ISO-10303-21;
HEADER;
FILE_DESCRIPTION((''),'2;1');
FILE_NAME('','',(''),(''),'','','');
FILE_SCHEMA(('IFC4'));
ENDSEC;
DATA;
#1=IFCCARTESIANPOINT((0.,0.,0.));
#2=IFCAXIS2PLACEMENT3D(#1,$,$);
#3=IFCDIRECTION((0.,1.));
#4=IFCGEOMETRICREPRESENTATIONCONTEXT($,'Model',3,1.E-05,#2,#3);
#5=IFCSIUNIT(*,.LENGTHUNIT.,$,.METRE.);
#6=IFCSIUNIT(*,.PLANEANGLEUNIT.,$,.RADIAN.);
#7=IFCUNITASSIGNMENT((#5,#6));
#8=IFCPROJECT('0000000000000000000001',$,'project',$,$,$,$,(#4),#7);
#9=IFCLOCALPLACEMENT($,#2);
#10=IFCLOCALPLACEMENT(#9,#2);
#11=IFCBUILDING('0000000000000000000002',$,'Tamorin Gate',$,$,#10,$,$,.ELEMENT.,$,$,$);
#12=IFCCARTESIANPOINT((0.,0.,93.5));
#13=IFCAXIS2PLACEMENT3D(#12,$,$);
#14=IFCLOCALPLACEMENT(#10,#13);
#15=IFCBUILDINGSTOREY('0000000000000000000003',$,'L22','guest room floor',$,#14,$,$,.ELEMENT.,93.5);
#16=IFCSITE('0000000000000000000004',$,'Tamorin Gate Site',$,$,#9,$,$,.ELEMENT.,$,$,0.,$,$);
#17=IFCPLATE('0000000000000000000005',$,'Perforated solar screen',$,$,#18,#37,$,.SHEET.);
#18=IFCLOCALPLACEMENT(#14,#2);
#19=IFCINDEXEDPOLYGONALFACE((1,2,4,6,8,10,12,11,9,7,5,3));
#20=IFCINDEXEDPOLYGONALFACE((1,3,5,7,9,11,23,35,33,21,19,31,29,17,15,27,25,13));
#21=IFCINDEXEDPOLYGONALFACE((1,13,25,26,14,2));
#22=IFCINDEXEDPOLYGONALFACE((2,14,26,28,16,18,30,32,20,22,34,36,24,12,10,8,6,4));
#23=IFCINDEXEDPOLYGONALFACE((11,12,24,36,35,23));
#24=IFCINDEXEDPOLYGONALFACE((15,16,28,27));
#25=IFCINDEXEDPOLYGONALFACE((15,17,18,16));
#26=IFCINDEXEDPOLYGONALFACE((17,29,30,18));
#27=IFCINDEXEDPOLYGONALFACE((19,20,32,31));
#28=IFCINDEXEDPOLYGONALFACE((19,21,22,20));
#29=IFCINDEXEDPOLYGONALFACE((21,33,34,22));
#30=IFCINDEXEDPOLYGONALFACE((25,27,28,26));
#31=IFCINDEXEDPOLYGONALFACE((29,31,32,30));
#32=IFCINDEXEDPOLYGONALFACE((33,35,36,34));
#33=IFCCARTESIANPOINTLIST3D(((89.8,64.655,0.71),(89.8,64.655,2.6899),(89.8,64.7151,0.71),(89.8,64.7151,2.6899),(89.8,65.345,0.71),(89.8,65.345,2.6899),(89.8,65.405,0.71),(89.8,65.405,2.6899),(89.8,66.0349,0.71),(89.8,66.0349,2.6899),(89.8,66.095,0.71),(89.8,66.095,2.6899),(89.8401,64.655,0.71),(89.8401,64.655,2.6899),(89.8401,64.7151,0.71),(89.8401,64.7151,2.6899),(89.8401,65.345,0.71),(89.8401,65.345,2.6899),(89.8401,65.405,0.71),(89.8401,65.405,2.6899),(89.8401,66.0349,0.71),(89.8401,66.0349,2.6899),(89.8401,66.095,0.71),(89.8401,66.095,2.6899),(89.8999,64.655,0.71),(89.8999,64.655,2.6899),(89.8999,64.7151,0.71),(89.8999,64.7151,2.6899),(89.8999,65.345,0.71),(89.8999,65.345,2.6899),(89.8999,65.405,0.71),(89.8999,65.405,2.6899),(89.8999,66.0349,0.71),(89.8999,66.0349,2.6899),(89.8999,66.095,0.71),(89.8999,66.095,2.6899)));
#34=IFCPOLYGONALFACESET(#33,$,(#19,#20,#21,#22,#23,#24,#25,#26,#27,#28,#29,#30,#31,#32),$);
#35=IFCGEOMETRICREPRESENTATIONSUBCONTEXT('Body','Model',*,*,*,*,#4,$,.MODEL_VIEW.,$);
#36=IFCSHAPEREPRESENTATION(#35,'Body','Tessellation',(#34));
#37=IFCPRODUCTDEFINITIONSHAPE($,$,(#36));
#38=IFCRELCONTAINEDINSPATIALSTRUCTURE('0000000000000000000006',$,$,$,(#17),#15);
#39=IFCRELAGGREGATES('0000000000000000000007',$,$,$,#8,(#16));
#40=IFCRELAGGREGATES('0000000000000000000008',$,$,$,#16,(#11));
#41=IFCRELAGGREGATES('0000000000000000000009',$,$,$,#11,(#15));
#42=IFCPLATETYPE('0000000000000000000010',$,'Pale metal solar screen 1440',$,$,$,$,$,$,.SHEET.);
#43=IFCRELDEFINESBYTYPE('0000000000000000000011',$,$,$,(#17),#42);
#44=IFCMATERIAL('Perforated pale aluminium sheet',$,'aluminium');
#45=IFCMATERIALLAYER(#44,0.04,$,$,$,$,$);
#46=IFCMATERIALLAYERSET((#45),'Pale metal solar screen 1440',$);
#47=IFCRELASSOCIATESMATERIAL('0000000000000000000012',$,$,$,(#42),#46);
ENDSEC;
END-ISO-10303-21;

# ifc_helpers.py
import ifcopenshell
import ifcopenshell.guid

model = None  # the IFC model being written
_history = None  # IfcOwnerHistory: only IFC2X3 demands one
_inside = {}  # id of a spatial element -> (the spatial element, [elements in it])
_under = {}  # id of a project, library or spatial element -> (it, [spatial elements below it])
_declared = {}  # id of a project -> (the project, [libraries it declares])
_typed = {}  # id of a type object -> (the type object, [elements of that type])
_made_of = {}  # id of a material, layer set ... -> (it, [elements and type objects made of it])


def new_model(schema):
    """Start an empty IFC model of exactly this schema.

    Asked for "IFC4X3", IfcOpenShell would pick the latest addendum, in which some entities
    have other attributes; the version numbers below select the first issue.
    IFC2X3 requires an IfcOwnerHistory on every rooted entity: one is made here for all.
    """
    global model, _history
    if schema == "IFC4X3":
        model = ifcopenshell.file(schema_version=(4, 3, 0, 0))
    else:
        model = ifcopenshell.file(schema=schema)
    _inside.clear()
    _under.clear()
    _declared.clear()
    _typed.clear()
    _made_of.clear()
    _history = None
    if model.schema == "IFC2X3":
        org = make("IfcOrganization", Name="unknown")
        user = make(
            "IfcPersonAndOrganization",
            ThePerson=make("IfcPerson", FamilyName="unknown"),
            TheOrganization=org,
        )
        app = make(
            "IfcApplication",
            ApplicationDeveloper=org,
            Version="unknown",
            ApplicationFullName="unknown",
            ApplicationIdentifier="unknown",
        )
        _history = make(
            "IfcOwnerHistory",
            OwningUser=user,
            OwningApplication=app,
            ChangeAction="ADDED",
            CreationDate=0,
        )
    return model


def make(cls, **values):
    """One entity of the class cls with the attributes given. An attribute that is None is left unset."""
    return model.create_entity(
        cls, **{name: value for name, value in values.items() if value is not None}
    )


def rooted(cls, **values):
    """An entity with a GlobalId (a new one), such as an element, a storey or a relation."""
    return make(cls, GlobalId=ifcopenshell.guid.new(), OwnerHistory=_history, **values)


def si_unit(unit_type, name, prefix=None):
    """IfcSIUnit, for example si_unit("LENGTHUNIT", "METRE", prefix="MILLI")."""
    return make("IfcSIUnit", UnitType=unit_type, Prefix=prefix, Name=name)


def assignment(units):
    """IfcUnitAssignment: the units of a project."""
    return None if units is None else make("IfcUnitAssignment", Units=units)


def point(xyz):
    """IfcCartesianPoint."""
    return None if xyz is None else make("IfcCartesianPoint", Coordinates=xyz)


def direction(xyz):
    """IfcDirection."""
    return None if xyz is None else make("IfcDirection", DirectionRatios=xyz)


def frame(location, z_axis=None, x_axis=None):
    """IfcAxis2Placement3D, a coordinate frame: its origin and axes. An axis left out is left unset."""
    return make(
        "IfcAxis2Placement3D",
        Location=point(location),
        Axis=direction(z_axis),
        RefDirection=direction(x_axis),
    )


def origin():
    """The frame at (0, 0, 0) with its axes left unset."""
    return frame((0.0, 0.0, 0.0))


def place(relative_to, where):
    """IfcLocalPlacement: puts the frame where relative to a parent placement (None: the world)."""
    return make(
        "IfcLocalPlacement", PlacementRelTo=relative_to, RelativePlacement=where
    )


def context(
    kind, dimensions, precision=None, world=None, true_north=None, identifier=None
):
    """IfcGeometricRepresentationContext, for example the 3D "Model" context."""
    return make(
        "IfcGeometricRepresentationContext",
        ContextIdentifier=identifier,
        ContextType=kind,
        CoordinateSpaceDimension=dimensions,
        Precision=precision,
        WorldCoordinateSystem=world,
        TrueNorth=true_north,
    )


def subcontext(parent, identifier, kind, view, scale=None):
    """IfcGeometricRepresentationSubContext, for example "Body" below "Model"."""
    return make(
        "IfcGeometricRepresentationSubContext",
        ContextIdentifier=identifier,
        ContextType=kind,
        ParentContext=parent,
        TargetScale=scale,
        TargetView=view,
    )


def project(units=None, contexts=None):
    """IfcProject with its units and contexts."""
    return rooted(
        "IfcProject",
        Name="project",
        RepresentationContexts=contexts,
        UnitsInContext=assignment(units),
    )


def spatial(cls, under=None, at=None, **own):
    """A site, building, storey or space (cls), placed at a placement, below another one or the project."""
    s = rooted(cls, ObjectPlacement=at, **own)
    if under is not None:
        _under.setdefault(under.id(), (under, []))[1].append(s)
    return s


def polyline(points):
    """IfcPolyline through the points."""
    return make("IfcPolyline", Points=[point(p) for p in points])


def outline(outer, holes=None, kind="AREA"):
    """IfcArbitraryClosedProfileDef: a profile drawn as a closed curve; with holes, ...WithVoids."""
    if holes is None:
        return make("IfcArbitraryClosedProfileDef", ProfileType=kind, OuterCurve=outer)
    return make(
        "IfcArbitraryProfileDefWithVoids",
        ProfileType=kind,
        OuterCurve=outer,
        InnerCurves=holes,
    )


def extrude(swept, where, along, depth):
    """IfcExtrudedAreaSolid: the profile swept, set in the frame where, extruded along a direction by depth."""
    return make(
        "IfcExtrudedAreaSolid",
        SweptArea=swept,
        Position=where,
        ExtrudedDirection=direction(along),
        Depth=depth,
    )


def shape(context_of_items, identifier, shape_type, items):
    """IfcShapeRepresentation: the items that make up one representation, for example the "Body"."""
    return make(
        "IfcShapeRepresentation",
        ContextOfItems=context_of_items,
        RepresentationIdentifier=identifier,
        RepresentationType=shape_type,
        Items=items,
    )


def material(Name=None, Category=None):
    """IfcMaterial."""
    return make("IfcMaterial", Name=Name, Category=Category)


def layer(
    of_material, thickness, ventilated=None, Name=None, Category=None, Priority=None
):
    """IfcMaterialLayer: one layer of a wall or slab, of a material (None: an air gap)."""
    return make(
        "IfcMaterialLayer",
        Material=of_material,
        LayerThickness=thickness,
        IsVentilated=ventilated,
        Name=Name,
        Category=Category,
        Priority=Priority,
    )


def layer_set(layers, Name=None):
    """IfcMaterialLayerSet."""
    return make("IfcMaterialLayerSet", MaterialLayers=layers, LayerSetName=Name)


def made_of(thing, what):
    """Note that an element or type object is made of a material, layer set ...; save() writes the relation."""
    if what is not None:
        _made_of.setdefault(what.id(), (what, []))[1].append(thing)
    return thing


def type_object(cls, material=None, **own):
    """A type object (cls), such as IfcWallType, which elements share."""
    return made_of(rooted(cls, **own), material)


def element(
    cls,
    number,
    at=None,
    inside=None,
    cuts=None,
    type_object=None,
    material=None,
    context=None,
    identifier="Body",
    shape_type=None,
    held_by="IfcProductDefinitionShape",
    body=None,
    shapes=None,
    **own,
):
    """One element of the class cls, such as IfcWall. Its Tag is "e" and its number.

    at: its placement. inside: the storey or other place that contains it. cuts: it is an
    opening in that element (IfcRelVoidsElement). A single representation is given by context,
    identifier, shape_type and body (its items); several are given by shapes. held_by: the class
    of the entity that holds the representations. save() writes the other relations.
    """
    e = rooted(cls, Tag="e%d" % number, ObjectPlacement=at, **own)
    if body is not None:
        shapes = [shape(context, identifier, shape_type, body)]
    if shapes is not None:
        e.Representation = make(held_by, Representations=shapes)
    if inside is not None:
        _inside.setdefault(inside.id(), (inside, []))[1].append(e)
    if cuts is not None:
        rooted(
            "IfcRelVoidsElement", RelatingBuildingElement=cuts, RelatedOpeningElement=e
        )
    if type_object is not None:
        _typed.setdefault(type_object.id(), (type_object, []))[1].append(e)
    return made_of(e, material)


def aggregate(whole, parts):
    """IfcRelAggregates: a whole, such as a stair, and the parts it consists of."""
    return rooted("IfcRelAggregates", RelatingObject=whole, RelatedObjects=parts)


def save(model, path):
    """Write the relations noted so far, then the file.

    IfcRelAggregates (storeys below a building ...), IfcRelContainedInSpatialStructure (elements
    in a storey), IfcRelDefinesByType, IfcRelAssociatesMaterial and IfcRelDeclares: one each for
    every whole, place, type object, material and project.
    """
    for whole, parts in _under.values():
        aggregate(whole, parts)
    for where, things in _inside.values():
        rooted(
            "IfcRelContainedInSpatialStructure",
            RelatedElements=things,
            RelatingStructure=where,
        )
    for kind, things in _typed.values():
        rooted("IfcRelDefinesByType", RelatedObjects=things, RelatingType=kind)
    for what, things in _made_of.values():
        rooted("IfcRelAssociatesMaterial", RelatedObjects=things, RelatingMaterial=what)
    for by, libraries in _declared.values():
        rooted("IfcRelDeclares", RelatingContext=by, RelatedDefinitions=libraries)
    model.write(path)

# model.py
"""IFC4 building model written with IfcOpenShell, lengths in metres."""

from ifc_helpers import new_model, si_unit, direction, frame, origin, place, context, subcontext, project, spatial, polyline, outline, extrude, material, layer, layer_set, type_object, element, save


model = new_model("IFC4")

# Units and contexts
model_context = context("Model", 3, precision=1e-05, world=origin(), true_north=direction((0.0, 1.0)))
body_context = subcontext(model_context, "Body", "Model", "MODEL_VIEW")
ifc_project = project(units=[si_unit("LENGTHUNIT", "METRE"), si_unit("PLANEANGLEUNIT", "RADIAN")], contexts=[model_context])

# Site, building, storey
site_placement = place(None, origin())
site = spatial("IfcSite", under=ifc_project, at=site_placement, Name="Tamorin Gate Site", CompositionType="ELEMENT", RefElevation=0.0)
building_placement = place(site_placement, origin())
building = spatial("IfcBuilding", under=site, at=building_placement, Name="Tamorin Gate", CompositionType="ELEMENT")
storey_placement = place(building_placement, frame((0.0, 0.0, 93.5)))
storey = spatial("IfcBuildingStorey", under=building, at=storey_placement, Name="L22", Description="guest room floor", CompositionType="ELEMENT", Elevation=93.5)

# Plate
ifc_material_1 = material(Name="Perforated pale aluminium sheet", Category="aluminium")
ifc_layer_1 = layer(ifc_material_1, 0.04)
ifc_layer_set_1 = layer_set([ifc_layer_1], Name="Pale metal solar screen 1440")
plate_type = type_object("IfcPlateType", Name="Pale metal solar screen 1440", PredefinedType="SHEET", material=ifc_layer_set_1)
plate_1_placement = place(storey_placement, frame((0.0, 0.0, 0.71)))
element("IfcPlate", 1, at=plate_1_placement, inside=storey, type_object=plate_type, Name="Perforated solar screen", PredefinedType="SHEET", context=body_context, shape_type="SweptSolid", body=[
    extrude(outline(polyline([(89.8401, 64.655), (89.8, 64.655), (89.8, 64.7151), (89.8, 65.345), (89.8, 65.405), (89.8, 66.0349), (89.8, 66.095), (89.8401, 66.095), (89.8999, 66.095), (89.8999, 66.0349), (89.8401, 66.0349), (89.8401, 65.405), (89.8999, 65.405), (89.8999, 65.345), (89.8401, 65.345), (89.8401, 64.7151), (89.8999, 64.7151), (89.8999, 64.655), (89.8401, 64.655)])), origin(), (0.0, 0.0, 1.0), 1.98),
])

save(model, "model.ifc")
